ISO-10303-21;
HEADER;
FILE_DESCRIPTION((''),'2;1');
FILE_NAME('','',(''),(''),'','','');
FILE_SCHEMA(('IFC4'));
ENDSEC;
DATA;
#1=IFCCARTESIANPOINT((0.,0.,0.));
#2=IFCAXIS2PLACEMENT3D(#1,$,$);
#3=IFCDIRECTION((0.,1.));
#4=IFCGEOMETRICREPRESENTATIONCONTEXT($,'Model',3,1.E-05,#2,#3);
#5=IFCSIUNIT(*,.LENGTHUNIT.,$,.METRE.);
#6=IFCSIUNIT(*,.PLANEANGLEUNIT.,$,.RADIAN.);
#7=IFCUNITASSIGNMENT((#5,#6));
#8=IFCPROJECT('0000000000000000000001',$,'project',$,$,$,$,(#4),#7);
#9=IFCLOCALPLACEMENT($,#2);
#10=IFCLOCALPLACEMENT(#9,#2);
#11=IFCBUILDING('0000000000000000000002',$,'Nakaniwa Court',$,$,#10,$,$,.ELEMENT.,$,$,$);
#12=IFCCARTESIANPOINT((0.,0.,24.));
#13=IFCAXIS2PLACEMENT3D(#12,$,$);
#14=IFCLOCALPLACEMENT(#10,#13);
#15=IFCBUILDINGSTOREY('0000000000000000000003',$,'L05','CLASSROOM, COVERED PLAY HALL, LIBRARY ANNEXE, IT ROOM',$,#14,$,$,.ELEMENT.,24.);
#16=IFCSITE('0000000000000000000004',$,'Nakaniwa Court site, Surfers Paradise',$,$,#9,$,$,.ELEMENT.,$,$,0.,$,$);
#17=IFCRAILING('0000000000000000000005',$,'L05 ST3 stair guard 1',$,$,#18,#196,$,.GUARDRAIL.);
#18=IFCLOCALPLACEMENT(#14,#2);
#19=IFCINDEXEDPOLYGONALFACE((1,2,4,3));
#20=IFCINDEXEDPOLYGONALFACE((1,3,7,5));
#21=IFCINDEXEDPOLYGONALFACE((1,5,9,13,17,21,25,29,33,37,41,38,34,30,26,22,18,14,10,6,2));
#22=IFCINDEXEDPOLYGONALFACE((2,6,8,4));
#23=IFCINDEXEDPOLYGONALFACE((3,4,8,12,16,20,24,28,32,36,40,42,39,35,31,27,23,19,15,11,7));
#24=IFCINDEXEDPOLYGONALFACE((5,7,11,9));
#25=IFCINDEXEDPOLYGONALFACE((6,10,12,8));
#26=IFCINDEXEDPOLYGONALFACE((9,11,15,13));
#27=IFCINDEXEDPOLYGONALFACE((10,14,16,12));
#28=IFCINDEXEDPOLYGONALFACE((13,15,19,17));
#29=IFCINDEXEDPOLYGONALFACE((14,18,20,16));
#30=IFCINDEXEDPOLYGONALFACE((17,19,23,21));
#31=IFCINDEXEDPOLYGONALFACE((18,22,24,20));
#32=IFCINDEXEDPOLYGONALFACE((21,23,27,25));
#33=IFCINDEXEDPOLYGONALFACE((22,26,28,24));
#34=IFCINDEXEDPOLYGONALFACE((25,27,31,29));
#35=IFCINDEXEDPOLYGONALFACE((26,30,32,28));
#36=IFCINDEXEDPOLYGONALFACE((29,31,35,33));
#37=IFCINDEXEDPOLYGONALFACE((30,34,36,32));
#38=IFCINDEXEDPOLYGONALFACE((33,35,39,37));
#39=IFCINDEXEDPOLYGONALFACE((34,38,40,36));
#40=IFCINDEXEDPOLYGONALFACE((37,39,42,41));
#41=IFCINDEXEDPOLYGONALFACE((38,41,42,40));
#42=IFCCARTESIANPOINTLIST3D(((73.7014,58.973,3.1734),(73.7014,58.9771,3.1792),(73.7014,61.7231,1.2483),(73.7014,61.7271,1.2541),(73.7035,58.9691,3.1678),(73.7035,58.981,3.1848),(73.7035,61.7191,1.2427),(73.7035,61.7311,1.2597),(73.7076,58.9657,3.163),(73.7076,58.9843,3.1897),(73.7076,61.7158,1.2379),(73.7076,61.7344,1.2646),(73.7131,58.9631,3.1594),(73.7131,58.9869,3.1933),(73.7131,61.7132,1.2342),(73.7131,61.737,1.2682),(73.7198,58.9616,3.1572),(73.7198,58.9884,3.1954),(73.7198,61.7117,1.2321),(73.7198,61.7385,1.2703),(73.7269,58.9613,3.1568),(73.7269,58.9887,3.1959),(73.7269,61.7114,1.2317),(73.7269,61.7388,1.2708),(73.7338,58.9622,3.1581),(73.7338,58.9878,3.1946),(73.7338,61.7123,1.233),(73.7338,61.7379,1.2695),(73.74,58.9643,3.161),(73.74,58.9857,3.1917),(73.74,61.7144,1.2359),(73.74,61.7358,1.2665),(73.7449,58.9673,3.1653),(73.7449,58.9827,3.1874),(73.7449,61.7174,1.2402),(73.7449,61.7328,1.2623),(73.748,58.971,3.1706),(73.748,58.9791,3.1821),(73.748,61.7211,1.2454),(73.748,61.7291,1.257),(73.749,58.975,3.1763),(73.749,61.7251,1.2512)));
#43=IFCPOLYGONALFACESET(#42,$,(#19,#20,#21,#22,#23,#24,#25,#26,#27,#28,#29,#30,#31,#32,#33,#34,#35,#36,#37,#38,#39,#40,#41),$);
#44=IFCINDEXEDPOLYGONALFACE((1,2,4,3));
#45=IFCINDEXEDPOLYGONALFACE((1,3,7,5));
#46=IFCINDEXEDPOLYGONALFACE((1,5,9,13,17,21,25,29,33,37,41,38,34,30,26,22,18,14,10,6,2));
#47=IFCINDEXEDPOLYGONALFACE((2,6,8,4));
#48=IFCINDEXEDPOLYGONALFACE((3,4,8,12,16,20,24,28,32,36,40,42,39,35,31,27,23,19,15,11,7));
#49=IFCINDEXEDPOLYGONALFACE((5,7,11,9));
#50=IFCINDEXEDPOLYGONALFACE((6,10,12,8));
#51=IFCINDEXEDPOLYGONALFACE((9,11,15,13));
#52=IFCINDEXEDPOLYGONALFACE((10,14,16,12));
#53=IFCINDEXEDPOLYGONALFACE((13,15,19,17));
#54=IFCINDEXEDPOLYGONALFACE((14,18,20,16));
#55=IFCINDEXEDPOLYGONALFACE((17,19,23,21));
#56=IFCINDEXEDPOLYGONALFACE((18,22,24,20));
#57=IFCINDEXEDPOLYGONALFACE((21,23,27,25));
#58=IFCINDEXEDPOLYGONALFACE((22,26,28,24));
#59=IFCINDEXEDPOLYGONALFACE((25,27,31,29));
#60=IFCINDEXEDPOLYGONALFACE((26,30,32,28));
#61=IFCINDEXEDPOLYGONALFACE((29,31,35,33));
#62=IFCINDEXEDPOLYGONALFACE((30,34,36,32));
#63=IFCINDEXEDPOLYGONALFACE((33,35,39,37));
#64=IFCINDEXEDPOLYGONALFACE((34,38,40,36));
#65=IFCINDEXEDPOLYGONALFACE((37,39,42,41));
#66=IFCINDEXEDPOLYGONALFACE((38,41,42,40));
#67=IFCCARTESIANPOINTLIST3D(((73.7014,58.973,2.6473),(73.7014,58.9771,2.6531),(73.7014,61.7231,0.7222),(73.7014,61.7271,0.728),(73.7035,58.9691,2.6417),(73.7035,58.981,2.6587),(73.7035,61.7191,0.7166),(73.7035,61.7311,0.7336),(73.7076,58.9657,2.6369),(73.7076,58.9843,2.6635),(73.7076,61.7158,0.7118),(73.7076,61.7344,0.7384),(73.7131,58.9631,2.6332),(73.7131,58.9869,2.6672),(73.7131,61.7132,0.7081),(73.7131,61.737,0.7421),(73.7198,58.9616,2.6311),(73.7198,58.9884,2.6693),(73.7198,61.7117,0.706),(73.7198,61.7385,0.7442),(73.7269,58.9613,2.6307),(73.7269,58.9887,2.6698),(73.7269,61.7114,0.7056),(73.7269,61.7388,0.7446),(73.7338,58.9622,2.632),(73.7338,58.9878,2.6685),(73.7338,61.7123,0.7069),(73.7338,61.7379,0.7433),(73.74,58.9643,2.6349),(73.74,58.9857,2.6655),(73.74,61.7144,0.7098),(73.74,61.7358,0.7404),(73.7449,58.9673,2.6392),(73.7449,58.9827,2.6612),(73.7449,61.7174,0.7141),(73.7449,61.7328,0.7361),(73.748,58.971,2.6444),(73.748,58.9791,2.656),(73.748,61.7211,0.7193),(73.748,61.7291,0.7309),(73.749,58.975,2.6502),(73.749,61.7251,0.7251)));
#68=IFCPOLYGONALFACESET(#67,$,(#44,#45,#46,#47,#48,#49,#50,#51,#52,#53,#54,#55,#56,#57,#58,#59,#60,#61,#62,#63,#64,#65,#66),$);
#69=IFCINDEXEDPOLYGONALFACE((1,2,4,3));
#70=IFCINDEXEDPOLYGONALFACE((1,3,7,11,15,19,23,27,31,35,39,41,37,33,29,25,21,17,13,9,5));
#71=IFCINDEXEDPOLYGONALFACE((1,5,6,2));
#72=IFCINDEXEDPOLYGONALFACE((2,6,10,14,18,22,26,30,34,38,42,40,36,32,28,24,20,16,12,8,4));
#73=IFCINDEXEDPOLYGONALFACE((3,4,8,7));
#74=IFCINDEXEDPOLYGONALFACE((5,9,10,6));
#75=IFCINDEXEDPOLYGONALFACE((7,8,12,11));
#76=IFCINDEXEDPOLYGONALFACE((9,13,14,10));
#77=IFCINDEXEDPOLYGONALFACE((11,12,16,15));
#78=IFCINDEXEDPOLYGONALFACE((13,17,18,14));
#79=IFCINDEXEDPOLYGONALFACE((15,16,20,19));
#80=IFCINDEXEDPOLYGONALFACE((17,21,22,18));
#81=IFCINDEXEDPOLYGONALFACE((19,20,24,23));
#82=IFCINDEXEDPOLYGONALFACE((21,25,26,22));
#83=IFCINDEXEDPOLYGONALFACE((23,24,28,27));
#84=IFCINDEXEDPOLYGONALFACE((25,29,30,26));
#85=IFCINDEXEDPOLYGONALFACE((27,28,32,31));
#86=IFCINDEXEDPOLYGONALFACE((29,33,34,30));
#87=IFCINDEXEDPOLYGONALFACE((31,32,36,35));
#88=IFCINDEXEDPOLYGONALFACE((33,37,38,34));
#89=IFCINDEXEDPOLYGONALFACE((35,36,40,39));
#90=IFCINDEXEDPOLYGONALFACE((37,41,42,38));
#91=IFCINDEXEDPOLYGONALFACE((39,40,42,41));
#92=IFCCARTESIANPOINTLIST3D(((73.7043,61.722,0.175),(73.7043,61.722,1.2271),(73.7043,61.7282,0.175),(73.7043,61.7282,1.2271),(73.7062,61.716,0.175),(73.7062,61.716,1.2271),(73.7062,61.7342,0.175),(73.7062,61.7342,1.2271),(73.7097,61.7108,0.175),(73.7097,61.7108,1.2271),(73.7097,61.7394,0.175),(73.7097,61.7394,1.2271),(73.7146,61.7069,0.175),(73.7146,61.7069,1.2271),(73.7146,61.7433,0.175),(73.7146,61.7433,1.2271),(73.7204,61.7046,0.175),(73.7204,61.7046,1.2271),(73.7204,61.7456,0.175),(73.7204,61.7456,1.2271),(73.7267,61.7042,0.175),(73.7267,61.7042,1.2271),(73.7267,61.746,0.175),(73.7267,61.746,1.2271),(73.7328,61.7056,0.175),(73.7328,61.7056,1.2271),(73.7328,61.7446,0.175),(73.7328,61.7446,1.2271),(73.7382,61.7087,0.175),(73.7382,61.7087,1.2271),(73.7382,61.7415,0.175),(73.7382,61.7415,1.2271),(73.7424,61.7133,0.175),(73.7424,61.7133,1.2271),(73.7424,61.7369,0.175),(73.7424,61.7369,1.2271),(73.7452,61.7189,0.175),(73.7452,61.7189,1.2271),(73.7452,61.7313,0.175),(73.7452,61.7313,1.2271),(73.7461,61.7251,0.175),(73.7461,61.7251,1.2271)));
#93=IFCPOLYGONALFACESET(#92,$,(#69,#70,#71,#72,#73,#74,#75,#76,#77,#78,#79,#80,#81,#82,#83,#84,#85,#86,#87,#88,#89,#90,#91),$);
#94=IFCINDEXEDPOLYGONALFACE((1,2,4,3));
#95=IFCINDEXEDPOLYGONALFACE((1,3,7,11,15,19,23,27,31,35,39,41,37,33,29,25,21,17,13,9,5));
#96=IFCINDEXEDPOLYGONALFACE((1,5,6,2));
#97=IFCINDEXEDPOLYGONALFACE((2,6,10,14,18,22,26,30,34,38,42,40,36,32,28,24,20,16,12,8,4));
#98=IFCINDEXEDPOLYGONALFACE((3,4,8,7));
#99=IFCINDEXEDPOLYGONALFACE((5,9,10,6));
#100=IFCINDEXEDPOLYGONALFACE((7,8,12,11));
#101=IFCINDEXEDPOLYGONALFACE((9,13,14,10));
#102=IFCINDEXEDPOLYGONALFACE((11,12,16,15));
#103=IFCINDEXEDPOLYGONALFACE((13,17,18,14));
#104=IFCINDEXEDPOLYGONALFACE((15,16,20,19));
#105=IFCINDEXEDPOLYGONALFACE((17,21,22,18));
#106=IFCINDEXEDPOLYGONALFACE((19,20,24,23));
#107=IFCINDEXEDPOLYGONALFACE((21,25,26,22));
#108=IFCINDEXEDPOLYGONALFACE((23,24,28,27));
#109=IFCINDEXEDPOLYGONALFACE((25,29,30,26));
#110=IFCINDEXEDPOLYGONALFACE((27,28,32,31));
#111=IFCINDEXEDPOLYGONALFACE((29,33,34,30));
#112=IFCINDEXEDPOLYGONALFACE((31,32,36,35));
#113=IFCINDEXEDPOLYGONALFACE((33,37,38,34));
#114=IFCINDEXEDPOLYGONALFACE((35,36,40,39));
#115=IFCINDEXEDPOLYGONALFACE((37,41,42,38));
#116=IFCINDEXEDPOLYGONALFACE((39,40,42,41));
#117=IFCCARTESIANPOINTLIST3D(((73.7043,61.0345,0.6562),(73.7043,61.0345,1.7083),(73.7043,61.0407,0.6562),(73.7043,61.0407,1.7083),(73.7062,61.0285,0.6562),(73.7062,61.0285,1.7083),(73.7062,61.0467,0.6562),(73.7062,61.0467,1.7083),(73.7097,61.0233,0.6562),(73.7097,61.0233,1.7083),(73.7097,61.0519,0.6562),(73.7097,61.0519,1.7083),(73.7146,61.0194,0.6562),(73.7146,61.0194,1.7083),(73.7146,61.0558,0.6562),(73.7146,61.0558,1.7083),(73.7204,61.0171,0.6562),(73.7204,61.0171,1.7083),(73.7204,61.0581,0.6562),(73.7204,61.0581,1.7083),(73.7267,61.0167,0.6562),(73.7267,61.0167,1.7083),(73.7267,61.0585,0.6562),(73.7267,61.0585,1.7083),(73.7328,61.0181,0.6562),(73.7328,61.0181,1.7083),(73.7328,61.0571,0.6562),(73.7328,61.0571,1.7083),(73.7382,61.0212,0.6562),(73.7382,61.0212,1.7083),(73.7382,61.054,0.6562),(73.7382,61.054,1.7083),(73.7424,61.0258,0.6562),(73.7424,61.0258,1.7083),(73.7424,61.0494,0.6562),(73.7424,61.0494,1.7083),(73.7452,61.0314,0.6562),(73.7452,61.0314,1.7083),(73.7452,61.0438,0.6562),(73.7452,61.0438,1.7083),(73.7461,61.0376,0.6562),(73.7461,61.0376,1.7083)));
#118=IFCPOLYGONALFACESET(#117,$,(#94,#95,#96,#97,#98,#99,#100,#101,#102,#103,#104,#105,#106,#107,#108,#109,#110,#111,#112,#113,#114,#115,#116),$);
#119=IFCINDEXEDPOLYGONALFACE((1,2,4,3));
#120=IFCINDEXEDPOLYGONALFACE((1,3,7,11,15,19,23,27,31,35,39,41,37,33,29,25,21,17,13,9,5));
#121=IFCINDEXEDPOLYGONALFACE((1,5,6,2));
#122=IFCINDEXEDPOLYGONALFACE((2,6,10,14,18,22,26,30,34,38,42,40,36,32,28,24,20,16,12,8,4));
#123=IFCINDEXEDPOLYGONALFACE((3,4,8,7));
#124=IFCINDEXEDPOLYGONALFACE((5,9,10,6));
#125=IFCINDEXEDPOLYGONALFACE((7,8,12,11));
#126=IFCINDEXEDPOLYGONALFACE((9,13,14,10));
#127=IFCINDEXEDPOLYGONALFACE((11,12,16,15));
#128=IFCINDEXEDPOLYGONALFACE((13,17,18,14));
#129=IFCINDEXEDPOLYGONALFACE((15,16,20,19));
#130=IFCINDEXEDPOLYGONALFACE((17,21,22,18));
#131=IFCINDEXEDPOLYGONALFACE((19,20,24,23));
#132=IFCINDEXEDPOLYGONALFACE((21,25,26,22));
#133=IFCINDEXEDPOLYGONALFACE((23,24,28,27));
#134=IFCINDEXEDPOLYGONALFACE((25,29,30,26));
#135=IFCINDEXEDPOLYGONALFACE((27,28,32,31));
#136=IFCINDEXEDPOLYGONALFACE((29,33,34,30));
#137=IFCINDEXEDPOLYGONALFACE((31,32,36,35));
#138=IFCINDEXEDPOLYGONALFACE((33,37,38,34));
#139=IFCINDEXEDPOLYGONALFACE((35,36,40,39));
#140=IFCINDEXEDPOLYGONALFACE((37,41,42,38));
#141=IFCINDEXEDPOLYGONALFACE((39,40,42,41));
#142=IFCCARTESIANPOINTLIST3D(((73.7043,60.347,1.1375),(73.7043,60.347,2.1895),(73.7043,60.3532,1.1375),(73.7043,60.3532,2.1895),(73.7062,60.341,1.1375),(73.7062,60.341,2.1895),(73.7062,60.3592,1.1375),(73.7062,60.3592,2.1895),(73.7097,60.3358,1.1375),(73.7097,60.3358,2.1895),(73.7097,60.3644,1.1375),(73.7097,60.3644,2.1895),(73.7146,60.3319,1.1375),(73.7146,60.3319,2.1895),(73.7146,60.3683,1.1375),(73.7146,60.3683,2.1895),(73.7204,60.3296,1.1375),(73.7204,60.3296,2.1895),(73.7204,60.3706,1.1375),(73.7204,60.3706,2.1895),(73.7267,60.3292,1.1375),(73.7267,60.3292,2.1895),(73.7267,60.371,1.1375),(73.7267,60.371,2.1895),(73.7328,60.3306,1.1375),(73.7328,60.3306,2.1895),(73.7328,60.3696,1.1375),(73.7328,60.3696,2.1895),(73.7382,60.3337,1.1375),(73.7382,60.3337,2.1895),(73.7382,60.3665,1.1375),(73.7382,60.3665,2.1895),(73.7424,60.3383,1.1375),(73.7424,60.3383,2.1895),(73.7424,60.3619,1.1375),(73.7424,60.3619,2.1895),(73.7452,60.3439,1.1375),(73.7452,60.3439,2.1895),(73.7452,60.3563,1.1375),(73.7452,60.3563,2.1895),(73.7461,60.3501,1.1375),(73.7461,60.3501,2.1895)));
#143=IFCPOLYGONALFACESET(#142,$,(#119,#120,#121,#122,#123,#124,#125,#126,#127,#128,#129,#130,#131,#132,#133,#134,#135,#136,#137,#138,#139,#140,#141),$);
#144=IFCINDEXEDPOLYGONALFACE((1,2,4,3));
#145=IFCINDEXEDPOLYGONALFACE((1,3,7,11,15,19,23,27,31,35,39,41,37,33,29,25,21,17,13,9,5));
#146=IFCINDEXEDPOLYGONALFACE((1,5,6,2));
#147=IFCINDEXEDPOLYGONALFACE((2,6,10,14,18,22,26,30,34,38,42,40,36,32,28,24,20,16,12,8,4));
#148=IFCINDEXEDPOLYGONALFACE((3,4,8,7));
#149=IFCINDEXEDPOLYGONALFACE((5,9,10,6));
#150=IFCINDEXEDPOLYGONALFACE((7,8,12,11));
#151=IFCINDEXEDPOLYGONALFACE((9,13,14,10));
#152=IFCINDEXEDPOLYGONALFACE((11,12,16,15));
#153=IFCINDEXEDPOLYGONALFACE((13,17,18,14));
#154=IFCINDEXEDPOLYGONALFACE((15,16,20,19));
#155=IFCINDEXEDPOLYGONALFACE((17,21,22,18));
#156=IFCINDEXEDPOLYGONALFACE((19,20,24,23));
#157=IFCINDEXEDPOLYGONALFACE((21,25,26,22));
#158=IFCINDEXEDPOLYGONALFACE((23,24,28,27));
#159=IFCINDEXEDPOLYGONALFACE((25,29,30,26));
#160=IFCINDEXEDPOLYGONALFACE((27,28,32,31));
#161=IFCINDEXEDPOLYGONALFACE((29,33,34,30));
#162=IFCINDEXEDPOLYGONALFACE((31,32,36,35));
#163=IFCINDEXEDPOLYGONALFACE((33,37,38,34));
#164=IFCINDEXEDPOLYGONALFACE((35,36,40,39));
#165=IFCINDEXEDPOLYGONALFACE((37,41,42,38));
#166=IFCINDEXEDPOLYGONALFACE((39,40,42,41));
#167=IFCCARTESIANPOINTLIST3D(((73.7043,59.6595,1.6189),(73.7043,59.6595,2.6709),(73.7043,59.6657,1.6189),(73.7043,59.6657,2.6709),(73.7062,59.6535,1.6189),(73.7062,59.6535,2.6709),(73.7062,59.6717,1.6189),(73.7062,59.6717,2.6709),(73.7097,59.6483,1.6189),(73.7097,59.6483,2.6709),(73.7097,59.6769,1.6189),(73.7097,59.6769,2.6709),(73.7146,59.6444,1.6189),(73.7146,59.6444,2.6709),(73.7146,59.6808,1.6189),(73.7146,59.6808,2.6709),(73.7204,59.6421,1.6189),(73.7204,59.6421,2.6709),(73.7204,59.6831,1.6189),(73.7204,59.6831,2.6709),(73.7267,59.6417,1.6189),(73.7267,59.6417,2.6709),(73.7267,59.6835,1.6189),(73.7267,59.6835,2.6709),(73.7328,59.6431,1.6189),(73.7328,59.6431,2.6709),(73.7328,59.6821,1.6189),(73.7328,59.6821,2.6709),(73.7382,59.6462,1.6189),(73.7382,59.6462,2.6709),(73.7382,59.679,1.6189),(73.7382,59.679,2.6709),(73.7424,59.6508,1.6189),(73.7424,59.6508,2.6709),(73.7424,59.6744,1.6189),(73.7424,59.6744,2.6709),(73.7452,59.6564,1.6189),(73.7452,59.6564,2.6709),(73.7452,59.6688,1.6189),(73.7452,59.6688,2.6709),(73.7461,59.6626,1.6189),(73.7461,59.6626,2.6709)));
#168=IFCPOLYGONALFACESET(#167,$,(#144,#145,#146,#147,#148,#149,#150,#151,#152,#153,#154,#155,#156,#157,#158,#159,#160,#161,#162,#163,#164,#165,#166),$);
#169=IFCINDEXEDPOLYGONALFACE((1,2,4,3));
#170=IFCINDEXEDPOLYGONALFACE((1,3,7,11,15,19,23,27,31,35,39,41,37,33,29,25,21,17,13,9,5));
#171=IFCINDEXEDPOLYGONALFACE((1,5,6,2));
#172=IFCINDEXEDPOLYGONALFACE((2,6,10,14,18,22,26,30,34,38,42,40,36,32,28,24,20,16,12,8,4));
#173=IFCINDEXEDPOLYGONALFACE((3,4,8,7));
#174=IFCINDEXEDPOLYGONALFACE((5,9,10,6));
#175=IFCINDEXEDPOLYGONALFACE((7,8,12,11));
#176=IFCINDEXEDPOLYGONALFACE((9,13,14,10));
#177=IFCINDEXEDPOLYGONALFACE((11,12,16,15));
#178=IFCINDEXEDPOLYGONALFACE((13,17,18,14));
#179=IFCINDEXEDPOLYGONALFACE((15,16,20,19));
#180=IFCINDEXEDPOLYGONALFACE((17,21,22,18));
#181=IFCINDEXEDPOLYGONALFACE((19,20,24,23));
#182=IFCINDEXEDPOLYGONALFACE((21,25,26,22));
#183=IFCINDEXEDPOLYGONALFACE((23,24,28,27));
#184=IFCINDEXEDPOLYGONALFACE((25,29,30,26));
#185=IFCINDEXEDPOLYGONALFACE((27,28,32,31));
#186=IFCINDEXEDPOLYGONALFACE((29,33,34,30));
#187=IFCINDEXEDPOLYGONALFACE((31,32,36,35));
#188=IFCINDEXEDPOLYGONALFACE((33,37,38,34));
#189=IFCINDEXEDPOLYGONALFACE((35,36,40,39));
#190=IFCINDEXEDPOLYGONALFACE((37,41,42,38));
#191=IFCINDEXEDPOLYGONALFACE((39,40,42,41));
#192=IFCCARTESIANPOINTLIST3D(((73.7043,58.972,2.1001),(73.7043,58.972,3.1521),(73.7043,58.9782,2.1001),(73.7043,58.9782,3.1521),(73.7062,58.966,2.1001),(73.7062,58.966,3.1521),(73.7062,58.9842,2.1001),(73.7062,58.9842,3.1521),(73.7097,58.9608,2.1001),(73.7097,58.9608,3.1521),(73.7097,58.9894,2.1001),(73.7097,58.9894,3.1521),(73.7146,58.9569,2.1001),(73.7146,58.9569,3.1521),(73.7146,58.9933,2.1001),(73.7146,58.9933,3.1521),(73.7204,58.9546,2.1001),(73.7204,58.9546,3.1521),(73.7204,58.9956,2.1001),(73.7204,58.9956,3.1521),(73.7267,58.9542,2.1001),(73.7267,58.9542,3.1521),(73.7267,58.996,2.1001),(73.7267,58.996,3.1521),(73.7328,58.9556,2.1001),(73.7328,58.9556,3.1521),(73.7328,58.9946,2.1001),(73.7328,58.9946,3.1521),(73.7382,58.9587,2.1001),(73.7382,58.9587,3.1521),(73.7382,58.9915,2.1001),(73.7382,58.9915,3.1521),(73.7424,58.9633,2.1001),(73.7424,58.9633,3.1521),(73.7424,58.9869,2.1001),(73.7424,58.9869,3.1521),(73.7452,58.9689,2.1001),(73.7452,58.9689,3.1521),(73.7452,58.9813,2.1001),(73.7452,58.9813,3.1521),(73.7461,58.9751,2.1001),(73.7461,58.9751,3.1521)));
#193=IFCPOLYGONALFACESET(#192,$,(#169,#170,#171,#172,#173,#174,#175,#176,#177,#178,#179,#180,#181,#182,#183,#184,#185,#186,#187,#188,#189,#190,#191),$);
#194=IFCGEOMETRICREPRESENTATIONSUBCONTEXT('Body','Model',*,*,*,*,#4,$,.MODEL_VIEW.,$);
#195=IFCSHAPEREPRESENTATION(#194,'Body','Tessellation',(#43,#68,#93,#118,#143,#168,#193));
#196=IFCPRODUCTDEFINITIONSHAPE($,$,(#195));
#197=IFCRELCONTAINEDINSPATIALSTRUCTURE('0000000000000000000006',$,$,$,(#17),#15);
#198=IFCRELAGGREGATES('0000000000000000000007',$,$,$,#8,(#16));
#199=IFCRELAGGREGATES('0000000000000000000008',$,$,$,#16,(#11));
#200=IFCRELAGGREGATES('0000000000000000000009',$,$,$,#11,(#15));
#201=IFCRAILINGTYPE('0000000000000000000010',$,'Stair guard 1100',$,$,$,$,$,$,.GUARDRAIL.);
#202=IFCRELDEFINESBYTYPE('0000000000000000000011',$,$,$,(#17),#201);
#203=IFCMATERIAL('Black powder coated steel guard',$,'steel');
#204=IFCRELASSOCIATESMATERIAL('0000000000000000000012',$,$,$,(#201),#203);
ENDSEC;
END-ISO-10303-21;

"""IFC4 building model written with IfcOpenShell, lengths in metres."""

from ifc_helpers import new_model, si_unit, direction, frame, origin, origin_2d, place, context, subcontext, project, spatial, circle, extrude, material, type_object, element, save


model = new_model("IFC4")

# Units and contexts
model_context = context("Model", 3, precision=1e-05, world=origin(), true_north=direction((0.0, 1.0)))
body_context = subcontext(model_context, "Body", "Model", "MODEL_VIEW")
ifc_project = project(units=[si_unit("LENGTHUNIT", "METRE"), si_unit("PLANEANGLEUNIT", "RADIAN")], contexts=[model_context])

# Site, building, storey
site_placement = place(None, origin())
site = spatial("IfcSite", under=ifc_project, at=site_placement, Name="Nakaniwa Court site, Surfers Paradise", CompositionType="ELEMENT", RefElevation=0.0)
building_placement = place(site_placement, origin())
building = spatial("IfcBuilding", under=site, at=building_placement, Name="Nakaniwa Court", CompositionType="ELEMENT")
storey_placement = place(building_placement, frame((0.0, 0.0, 24.0)))
storey = spatial("IfcBuildingStorey", under=building, at=storey_placement, Name="L05", Description="CLASSROOM, COVERED PLAY HALL, LIBRARY ANNEXE, IT ROOM", CompositionType="ELEMENT", Elevation=24.0)

# Railing
ifc_material_1 = material(Name="Black powder coated steel guard", Category="steel")
railing_type_1 = type_object("IfcRailingType", Name="Stair guard 1100", PredefinedType="GUARDRAIL", material=ifc_material_1)
railing_1_placement = place(storey_placement, frame((73.7251, 61.7251, 0.175)))
element("IfcRailing", 1, at=railing_1_placement, inside=storey, type_object=railing_type_1, Name="L05 ST3 stair guard 1", PredefinedType="GUARDRAIL", context=body_context, shape_type="SweptSolid", body=[
    extrude(circle(Radius=0.0239, at=origin_2d()), frame((0.0, 0.0, 1.0762), z_axis=(0.0, -0.819225, 0.573472), x_axis=(1.0, 0.0, 0.0)), (0.0, 0.0, 1.0), 3.3569),
    extrude(circle(Radius=0.0239, at=origin_2d()), frame((0.0, 0.0, 0.55), z_axis=(0.0, -0.819225, 0.573472), x_axis=(1.0, 0.0, 0.0)), (0.0, 0.0, 1.0), 3.3569),
    extrude(circle(Radius=0.021, at=origin_2d()), origin(), (0.0, 0.0, 1.0), 1.052),
    extrude(circle(Radius=0.021, at=origin_2d()), frame((0.0, -0.6875, 0.4812)), (0.0, 0.0, 1.0), 1.052),
    extrude(circle(Radius=0.021, at=origin_2d()), frame((0.0, -1.375, 0.9624)), (0.0, 0.0, 1.0), 1.052),
    extrude(circle(Radius=0.021, at=origin_2d()), frame((0.0, -2.0625, 1.4438)), (0.0, 0.0, 1.0), 1.052),
    extrude(circle(Radius=0.021, at=origin_2d()), frame((0.0, -2.75, 1.925)), (0.0, 0.0, 1.0), 1.052),
])

save(model, "model.ifc")
